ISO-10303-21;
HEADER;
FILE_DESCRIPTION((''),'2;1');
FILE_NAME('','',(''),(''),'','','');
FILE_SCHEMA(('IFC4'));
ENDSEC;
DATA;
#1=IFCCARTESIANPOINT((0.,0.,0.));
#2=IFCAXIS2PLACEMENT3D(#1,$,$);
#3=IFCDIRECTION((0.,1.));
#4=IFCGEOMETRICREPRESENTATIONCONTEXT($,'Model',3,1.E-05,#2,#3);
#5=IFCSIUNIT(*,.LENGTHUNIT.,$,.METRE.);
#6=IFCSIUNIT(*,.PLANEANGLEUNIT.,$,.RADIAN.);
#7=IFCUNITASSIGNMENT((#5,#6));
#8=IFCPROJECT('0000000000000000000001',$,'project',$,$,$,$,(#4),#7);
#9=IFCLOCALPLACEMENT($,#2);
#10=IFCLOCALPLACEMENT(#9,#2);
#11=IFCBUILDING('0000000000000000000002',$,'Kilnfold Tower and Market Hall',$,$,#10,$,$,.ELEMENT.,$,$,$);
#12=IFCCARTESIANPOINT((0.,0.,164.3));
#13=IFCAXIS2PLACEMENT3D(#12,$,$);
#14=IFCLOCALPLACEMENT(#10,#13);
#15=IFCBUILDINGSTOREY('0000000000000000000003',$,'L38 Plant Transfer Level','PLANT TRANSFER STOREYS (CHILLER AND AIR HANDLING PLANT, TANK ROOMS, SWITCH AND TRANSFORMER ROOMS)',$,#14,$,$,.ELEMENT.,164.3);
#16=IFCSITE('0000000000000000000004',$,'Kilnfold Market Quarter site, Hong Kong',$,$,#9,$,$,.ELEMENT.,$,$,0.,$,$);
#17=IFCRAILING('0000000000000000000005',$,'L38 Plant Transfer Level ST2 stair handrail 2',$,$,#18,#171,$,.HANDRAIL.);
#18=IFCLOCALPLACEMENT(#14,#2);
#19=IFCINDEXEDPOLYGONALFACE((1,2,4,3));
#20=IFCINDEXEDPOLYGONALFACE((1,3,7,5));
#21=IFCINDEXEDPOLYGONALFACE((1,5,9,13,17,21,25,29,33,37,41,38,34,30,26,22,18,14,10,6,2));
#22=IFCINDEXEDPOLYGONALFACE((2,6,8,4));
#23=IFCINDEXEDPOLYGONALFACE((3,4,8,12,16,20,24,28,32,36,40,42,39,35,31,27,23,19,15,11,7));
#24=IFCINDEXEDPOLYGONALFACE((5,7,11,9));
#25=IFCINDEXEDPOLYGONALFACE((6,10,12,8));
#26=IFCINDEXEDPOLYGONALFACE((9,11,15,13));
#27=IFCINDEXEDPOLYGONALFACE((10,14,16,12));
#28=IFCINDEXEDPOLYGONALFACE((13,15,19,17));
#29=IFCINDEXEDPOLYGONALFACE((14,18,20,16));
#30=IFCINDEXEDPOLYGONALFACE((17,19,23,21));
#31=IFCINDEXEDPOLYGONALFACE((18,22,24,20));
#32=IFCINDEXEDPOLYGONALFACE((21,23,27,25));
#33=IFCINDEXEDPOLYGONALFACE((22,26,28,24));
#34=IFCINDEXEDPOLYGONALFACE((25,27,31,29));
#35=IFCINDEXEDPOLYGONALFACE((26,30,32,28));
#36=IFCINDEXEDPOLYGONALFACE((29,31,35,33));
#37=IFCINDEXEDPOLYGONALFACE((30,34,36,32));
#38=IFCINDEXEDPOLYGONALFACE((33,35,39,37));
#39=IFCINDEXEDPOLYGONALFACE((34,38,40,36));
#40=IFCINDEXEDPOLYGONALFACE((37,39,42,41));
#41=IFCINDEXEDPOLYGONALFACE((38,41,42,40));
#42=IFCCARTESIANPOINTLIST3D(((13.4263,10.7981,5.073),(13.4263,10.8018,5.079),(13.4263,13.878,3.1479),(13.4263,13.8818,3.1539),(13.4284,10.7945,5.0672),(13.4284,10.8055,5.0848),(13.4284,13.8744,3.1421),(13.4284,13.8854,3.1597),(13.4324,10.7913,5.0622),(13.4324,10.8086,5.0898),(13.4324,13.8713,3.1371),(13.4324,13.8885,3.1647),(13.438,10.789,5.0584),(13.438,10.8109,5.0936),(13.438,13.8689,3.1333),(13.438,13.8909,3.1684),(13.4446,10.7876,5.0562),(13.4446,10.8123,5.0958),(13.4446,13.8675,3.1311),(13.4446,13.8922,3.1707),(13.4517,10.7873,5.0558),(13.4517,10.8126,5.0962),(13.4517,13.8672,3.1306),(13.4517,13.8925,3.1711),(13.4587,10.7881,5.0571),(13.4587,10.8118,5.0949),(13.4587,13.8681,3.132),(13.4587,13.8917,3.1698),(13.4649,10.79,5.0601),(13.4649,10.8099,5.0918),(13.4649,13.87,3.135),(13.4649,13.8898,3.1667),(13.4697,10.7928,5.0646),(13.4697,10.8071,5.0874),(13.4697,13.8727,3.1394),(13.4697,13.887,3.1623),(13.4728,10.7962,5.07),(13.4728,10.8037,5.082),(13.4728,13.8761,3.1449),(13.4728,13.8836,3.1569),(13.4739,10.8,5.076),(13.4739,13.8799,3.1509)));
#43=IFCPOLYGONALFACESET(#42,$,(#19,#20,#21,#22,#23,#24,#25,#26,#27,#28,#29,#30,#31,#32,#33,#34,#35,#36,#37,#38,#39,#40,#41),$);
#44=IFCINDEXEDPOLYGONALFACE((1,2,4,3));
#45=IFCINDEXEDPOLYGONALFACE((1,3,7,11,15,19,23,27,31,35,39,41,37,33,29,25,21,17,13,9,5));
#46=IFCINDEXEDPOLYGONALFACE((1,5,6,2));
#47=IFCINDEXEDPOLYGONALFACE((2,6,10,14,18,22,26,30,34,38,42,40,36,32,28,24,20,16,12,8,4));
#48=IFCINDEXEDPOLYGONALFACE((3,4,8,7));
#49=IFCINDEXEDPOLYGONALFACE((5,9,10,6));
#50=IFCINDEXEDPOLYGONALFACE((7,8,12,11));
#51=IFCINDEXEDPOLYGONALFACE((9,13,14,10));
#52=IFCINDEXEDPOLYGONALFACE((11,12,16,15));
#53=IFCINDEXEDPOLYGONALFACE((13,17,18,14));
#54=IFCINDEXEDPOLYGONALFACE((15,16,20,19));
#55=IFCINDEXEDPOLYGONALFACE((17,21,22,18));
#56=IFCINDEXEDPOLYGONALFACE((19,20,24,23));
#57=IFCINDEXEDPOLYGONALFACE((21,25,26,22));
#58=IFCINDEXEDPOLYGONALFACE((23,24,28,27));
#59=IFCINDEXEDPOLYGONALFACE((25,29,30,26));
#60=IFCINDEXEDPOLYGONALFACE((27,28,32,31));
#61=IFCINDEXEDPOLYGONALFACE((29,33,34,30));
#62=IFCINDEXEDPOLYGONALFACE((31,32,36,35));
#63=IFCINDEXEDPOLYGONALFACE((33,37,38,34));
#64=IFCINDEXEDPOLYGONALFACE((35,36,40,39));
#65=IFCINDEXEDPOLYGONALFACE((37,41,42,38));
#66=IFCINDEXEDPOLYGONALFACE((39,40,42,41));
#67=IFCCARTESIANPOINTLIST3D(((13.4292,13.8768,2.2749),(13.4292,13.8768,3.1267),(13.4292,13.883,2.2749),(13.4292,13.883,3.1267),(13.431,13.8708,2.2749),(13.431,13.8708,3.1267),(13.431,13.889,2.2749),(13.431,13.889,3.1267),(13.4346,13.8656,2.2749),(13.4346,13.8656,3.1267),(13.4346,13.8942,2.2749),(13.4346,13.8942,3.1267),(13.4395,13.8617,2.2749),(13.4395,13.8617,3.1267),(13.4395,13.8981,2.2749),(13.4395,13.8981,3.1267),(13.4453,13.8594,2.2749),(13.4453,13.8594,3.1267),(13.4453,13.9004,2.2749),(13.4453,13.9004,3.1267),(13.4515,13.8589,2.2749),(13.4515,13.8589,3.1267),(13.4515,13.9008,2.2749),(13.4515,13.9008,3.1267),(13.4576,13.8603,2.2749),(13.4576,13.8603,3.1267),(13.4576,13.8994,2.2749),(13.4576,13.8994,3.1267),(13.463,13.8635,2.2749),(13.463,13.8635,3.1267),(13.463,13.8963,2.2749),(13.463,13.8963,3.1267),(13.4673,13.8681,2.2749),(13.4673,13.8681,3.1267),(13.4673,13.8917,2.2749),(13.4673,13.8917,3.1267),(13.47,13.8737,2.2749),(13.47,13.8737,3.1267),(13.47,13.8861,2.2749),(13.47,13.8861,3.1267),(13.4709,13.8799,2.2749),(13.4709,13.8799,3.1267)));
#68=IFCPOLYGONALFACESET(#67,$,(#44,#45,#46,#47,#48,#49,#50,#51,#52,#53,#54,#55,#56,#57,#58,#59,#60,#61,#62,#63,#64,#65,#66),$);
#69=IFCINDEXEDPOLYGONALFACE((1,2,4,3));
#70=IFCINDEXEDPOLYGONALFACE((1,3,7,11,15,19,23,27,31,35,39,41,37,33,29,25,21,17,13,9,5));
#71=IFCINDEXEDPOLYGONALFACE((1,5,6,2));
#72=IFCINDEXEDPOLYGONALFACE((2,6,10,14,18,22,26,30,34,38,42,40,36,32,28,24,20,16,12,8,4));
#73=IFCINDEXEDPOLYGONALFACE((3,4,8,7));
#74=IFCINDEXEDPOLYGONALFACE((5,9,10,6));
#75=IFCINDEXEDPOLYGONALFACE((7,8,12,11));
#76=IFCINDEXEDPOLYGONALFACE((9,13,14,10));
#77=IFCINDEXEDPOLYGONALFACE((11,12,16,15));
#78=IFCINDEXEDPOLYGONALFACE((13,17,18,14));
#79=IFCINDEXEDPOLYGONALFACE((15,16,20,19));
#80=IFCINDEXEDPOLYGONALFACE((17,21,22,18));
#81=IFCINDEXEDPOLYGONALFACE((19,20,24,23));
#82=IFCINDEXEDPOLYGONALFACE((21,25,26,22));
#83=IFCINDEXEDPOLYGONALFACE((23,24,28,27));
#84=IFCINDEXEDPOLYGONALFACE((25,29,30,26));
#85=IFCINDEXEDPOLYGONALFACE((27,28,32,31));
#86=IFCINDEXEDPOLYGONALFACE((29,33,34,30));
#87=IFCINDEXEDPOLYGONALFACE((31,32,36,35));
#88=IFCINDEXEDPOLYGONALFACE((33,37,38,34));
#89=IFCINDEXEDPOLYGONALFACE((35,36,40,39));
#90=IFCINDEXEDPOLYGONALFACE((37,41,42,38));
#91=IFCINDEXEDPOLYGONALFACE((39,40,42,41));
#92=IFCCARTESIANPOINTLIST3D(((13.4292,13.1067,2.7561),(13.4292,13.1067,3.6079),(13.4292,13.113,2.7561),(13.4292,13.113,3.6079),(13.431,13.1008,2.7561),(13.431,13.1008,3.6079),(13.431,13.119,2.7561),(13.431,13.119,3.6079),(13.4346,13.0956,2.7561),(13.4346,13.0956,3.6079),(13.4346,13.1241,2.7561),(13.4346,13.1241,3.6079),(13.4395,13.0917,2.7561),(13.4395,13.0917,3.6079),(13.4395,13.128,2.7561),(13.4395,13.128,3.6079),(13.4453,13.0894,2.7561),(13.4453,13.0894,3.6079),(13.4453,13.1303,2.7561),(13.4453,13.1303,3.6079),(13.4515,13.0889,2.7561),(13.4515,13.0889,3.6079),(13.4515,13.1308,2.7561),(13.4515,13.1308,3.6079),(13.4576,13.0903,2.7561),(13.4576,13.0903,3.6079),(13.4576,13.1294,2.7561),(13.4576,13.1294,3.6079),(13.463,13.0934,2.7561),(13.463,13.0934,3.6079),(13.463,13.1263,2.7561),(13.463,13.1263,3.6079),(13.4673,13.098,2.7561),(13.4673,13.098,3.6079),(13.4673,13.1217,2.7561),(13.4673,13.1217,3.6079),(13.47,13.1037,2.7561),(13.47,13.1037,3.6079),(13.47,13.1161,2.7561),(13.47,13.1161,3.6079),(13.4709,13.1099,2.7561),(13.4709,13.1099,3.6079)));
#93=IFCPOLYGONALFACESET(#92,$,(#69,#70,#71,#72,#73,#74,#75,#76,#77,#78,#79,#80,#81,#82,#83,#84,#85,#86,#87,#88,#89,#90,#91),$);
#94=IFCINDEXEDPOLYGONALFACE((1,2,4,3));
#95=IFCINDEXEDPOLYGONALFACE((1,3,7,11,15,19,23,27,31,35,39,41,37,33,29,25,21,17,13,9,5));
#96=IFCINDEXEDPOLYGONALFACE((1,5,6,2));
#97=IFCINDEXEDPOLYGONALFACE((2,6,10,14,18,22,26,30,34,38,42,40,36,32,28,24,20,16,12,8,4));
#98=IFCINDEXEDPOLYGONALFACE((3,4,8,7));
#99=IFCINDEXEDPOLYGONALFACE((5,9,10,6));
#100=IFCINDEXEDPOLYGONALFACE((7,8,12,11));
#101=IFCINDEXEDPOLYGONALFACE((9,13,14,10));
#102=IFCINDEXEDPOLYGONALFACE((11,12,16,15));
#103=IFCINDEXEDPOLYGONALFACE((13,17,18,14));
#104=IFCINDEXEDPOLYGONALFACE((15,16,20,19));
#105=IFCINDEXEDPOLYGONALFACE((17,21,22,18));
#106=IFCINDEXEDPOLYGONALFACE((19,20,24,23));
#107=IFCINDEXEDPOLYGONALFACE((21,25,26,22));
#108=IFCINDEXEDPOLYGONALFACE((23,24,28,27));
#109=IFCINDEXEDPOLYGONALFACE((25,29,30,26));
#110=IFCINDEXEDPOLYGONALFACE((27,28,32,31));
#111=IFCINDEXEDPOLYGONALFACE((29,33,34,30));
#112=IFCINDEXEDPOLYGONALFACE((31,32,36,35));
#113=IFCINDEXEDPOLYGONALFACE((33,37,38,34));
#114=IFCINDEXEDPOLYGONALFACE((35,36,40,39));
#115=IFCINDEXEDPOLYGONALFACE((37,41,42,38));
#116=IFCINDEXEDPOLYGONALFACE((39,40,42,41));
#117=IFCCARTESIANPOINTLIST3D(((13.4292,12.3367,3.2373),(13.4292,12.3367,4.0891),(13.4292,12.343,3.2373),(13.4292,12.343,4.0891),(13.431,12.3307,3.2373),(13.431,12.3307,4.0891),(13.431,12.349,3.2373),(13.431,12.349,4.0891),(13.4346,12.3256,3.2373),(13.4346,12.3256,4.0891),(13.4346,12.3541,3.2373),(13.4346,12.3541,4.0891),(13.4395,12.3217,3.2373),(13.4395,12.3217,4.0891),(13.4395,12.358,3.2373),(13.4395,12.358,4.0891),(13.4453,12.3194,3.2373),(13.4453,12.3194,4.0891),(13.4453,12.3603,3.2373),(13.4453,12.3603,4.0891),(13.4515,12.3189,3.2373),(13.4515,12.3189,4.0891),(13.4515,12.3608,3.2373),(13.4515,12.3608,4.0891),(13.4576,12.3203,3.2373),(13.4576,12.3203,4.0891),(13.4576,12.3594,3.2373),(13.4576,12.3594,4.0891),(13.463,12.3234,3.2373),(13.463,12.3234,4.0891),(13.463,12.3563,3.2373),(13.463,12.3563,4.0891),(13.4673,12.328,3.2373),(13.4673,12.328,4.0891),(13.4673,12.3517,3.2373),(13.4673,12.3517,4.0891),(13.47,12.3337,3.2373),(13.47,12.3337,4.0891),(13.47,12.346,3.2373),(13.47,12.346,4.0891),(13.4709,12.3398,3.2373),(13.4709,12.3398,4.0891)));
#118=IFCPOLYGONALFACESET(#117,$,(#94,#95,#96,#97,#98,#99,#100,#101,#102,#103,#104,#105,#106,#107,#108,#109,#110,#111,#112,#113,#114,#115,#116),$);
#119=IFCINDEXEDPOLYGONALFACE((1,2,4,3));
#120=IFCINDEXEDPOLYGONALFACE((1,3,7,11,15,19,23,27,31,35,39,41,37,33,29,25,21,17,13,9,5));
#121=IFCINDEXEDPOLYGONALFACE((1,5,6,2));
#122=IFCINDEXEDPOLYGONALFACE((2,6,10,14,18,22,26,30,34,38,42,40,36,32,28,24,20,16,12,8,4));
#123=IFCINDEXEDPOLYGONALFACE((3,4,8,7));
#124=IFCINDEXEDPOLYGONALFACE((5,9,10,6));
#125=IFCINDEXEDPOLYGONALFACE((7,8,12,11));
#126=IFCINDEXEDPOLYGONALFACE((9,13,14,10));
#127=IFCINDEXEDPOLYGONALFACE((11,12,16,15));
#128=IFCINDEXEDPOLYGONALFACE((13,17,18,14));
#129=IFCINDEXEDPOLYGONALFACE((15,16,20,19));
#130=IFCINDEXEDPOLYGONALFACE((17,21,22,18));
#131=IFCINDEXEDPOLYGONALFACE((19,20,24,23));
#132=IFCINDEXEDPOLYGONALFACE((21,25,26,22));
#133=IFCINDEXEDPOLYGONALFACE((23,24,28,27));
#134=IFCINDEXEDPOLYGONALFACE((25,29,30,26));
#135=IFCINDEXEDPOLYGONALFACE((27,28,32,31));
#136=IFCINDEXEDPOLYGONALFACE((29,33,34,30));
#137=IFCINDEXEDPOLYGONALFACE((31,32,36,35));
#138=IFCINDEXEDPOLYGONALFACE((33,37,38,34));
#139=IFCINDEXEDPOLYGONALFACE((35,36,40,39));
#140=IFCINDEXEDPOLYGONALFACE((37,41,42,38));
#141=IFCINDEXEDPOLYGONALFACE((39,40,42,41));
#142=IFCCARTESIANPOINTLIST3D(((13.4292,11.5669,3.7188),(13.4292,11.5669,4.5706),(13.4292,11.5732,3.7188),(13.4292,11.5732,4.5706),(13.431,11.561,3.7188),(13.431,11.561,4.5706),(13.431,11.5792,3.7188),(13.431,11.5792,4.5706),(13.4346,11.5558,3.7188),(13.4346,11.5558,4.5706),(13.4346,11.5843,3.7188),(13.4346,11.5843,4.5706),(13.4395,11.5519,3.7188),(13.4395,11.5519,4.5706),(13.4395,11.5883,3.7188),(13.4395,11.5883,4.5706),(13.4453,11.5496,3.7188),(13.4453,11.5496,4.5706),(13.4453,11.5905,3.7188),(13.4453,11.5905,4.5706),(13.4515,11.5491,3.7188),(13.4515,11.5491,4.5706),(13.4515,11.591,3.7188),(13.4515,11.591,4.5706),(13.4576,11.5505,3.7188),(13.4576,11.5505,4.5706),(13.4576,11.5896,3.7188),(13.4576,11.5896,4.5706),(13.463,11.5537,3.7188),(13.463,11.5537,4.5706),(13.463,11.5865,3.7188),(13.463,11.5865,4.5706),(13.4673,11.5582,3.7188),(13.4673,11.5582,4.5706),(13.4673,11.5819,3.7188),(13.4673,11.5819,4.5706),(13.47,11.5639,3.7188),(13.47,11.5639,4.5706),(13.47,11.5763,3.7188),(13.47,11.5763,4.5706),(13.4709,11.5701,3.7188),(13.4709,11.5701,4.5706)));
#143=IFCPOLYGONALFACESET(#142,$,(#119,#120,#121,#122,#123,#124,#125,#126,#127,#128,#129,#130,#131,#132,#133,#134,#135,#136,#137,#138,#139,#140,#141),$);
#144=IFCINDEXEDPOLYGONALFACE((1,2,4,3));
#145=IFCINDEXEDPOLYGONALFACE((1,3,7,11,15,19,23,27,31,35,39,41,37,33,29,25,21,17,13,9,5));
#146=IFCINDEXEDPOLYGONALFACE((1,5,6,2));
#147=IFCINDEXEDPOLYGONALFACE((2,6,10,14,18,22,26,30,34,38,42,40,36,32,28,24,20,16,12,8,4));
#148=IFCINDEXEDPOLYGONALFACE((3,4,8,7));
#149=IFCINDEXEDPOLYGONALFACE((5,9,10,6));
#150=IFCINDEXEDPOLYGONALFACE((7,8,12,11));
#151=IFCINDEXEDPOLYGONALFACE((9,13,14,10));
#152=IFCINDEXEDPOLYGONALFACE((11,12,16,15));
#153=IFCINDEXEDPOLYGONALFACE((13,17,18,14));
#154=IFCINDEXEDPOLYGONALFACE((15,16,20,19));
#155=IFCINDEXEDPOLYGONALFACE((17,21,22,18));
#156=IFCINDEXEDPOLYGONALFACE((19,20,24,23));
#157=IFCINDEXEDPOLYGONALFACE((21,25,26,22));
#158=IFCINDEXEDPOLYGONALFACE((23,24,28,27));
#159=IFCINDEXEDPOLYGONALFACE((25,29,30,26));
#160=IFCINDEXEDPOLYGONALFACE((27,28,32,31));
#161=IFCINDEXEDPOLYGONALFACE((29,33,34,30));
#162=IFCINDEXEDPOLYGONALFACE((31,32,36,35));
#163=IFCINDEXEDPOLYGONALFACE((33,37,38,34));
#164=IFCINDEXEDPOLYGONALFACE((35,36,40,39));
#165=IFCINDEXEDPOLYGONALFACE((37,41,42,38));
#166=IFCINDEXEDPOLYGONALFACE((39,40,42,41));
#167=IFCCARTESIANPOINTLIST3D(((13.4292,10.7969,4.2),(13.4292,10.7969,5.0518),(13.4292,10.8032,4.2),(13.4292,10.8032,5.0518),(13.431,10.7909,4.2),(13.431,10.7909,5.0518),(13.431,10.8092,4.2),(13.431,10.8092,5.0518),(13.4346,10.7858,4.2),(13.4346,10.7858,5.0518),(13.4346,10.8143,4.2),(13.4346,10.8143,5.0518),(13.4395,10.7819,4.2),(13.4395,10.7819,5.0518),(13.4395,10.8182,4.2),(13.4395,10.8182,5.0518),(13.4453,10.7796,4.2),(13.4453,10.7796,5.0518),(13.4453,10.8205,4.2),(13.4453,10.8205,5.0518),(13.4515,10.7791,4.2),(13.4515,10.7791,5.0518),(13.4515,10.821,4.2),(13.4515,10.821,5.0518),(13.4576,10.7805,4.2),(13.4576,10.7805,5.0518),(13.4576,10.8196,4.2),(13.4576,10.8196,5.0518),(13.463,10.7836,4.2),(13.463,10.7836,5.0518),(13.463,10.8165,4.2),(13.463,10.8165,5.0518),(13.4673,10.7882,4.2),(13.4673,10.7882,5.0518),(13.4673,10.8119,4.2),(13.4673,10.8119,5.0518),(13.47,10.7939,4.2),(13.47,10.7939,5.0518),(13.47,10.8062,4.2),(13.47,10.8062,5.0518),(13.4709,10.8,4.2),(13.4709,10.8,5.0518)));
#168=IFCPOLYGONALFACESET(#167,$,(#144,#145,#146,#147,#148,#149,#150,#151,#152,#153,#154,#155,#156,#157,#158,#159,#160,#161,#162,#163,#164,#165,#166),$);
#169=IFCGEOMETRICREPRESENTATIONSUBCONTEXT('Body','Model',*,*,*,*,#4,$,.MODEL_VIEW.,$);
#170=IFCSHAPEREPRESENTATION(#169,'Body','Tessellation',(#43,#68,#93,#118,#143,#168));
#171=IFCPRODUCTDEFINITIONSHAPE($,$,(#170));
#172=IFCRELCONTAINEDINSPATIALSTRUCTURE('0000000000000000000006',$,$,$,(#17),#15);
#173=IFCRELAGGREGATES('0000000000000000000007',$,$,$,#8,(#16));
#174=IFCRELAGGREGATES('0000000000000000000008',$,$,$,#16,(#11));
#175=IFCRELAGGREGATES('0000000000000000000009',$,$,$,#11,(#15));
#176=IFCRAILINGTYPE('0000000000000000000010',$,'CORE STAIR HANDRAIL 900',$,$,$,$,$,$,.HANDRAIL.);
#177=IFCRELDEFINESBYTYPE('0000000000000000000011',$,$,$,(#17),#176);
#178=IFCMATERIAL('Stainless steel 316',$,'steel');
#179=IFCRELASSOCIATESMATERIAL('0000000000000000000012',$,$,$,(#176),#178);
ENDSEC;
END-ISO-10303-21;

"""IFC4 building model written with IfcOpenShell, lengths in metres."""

from ifc_helpers import new_model, si_unit, direction, frame, origin, origin_2d, place, context, subcontext, project, spatial, circle, extrude, material, type_object, element, save


model = new_model("IFC4")

# Units and contexts
model_context = context("Model", 3, precision=1e-05, world=origin(), true_north=direction((0.0, 1.0)))
body_context = subcontext(model_context, "Body", "Model", "MODEL_VIEW")
ifc_project = project(units=[si_unit("LENGTHUNIT", "METRE"), si_unit("PLANEANGLEUNIT", "RADIAN")], contexts=[model_context])

# Site, building, storey
site_placement = place(None, origin())
site = spatial("IfcSite", under=ifc_project, at=site_placement, Name="Kilnfold Market Quarter site, Hong Kong", CompositionType="ELEMENT", RefElevation=0.0)
building_placement = place(site_placement, origin())
building = spatial("IfcBuilding", under=site, at=building_placement, Name="Kilnfold Tower and Market Hall", CompositionType="ELEMENT")
storey_placement = place(building_placement, frame((0.0, 0.0, 164.3)))
storey = spatial("IfcBuildingStorey", under=building, at=storey_placement, Name="L38 Plant Transfer Level", Description="PLANT TRANSFER STOREYS (CHILLER AND AIR HANDLING PLANT, TANK ROOMS, SWITCH AND TRANSFORMER ROOMS)", CompositionType="ELEMENT", Elevation=164.3)

# Railing
ifc_material_1 = material(Name="Stainless steel 316", Category="steel")
railing_type_1 = type_object("IfcRailingType", Name="CORE STAIR HANDRAIL 900", PredefinedType="HANDRAIL", material=ifc_material_1)
railing_1_placement = place(storey_placement, frame((13.45, 13.8799, 2.2749)))
element("IfcRailing", 1, at=railing_1_placement, inside=storey, type_object=railing_type_1, Name="L38 Plant Transfer Level ST2 stair handrail 2", PredefinedType="HANDRAIL", context=body_context, shape_type="SweptSolid", body=[
    extrude(circle(Radius=0.0239, at=origin_2d()), frame((0.0, 0.0, 0.876), z_axis=(0.0, -0.847979, 0.530029), x_axis=(1.0, 0.0, 0.0)), (0.0, 0.0, 1.0), 3.6321),
    extrude(circle(Radius=0.021, at=origin_2d()), origin(), (0.0, 0.0, 1.0), 0.8518),
    extrude(circle(Radius=0.021, at=origin_2d()), frame((0.0, -0.77, 0.4812)), (0.0, 0.0, 1.0), 0.8518),
    extrude(circle(Radius=0.021, at=origin_2d()), frame((0.0, -1.54, 0.9624)), (0.0, 0.0, 1.0), 0.8518),
    extrude(circle(Radius=0.021, at=origin_2d()), frame((0.0, -2.3098, 1.4438)), (0.0, 0.0, 1.0), 0.8518),
    extrude(circle(Radius=0.021, at=origin_2d()), frame((0.0, -3.0798, 1.925)), (0.0, 0.0, 1.0), 0.8518),
])

save(model, "model.ifc")
